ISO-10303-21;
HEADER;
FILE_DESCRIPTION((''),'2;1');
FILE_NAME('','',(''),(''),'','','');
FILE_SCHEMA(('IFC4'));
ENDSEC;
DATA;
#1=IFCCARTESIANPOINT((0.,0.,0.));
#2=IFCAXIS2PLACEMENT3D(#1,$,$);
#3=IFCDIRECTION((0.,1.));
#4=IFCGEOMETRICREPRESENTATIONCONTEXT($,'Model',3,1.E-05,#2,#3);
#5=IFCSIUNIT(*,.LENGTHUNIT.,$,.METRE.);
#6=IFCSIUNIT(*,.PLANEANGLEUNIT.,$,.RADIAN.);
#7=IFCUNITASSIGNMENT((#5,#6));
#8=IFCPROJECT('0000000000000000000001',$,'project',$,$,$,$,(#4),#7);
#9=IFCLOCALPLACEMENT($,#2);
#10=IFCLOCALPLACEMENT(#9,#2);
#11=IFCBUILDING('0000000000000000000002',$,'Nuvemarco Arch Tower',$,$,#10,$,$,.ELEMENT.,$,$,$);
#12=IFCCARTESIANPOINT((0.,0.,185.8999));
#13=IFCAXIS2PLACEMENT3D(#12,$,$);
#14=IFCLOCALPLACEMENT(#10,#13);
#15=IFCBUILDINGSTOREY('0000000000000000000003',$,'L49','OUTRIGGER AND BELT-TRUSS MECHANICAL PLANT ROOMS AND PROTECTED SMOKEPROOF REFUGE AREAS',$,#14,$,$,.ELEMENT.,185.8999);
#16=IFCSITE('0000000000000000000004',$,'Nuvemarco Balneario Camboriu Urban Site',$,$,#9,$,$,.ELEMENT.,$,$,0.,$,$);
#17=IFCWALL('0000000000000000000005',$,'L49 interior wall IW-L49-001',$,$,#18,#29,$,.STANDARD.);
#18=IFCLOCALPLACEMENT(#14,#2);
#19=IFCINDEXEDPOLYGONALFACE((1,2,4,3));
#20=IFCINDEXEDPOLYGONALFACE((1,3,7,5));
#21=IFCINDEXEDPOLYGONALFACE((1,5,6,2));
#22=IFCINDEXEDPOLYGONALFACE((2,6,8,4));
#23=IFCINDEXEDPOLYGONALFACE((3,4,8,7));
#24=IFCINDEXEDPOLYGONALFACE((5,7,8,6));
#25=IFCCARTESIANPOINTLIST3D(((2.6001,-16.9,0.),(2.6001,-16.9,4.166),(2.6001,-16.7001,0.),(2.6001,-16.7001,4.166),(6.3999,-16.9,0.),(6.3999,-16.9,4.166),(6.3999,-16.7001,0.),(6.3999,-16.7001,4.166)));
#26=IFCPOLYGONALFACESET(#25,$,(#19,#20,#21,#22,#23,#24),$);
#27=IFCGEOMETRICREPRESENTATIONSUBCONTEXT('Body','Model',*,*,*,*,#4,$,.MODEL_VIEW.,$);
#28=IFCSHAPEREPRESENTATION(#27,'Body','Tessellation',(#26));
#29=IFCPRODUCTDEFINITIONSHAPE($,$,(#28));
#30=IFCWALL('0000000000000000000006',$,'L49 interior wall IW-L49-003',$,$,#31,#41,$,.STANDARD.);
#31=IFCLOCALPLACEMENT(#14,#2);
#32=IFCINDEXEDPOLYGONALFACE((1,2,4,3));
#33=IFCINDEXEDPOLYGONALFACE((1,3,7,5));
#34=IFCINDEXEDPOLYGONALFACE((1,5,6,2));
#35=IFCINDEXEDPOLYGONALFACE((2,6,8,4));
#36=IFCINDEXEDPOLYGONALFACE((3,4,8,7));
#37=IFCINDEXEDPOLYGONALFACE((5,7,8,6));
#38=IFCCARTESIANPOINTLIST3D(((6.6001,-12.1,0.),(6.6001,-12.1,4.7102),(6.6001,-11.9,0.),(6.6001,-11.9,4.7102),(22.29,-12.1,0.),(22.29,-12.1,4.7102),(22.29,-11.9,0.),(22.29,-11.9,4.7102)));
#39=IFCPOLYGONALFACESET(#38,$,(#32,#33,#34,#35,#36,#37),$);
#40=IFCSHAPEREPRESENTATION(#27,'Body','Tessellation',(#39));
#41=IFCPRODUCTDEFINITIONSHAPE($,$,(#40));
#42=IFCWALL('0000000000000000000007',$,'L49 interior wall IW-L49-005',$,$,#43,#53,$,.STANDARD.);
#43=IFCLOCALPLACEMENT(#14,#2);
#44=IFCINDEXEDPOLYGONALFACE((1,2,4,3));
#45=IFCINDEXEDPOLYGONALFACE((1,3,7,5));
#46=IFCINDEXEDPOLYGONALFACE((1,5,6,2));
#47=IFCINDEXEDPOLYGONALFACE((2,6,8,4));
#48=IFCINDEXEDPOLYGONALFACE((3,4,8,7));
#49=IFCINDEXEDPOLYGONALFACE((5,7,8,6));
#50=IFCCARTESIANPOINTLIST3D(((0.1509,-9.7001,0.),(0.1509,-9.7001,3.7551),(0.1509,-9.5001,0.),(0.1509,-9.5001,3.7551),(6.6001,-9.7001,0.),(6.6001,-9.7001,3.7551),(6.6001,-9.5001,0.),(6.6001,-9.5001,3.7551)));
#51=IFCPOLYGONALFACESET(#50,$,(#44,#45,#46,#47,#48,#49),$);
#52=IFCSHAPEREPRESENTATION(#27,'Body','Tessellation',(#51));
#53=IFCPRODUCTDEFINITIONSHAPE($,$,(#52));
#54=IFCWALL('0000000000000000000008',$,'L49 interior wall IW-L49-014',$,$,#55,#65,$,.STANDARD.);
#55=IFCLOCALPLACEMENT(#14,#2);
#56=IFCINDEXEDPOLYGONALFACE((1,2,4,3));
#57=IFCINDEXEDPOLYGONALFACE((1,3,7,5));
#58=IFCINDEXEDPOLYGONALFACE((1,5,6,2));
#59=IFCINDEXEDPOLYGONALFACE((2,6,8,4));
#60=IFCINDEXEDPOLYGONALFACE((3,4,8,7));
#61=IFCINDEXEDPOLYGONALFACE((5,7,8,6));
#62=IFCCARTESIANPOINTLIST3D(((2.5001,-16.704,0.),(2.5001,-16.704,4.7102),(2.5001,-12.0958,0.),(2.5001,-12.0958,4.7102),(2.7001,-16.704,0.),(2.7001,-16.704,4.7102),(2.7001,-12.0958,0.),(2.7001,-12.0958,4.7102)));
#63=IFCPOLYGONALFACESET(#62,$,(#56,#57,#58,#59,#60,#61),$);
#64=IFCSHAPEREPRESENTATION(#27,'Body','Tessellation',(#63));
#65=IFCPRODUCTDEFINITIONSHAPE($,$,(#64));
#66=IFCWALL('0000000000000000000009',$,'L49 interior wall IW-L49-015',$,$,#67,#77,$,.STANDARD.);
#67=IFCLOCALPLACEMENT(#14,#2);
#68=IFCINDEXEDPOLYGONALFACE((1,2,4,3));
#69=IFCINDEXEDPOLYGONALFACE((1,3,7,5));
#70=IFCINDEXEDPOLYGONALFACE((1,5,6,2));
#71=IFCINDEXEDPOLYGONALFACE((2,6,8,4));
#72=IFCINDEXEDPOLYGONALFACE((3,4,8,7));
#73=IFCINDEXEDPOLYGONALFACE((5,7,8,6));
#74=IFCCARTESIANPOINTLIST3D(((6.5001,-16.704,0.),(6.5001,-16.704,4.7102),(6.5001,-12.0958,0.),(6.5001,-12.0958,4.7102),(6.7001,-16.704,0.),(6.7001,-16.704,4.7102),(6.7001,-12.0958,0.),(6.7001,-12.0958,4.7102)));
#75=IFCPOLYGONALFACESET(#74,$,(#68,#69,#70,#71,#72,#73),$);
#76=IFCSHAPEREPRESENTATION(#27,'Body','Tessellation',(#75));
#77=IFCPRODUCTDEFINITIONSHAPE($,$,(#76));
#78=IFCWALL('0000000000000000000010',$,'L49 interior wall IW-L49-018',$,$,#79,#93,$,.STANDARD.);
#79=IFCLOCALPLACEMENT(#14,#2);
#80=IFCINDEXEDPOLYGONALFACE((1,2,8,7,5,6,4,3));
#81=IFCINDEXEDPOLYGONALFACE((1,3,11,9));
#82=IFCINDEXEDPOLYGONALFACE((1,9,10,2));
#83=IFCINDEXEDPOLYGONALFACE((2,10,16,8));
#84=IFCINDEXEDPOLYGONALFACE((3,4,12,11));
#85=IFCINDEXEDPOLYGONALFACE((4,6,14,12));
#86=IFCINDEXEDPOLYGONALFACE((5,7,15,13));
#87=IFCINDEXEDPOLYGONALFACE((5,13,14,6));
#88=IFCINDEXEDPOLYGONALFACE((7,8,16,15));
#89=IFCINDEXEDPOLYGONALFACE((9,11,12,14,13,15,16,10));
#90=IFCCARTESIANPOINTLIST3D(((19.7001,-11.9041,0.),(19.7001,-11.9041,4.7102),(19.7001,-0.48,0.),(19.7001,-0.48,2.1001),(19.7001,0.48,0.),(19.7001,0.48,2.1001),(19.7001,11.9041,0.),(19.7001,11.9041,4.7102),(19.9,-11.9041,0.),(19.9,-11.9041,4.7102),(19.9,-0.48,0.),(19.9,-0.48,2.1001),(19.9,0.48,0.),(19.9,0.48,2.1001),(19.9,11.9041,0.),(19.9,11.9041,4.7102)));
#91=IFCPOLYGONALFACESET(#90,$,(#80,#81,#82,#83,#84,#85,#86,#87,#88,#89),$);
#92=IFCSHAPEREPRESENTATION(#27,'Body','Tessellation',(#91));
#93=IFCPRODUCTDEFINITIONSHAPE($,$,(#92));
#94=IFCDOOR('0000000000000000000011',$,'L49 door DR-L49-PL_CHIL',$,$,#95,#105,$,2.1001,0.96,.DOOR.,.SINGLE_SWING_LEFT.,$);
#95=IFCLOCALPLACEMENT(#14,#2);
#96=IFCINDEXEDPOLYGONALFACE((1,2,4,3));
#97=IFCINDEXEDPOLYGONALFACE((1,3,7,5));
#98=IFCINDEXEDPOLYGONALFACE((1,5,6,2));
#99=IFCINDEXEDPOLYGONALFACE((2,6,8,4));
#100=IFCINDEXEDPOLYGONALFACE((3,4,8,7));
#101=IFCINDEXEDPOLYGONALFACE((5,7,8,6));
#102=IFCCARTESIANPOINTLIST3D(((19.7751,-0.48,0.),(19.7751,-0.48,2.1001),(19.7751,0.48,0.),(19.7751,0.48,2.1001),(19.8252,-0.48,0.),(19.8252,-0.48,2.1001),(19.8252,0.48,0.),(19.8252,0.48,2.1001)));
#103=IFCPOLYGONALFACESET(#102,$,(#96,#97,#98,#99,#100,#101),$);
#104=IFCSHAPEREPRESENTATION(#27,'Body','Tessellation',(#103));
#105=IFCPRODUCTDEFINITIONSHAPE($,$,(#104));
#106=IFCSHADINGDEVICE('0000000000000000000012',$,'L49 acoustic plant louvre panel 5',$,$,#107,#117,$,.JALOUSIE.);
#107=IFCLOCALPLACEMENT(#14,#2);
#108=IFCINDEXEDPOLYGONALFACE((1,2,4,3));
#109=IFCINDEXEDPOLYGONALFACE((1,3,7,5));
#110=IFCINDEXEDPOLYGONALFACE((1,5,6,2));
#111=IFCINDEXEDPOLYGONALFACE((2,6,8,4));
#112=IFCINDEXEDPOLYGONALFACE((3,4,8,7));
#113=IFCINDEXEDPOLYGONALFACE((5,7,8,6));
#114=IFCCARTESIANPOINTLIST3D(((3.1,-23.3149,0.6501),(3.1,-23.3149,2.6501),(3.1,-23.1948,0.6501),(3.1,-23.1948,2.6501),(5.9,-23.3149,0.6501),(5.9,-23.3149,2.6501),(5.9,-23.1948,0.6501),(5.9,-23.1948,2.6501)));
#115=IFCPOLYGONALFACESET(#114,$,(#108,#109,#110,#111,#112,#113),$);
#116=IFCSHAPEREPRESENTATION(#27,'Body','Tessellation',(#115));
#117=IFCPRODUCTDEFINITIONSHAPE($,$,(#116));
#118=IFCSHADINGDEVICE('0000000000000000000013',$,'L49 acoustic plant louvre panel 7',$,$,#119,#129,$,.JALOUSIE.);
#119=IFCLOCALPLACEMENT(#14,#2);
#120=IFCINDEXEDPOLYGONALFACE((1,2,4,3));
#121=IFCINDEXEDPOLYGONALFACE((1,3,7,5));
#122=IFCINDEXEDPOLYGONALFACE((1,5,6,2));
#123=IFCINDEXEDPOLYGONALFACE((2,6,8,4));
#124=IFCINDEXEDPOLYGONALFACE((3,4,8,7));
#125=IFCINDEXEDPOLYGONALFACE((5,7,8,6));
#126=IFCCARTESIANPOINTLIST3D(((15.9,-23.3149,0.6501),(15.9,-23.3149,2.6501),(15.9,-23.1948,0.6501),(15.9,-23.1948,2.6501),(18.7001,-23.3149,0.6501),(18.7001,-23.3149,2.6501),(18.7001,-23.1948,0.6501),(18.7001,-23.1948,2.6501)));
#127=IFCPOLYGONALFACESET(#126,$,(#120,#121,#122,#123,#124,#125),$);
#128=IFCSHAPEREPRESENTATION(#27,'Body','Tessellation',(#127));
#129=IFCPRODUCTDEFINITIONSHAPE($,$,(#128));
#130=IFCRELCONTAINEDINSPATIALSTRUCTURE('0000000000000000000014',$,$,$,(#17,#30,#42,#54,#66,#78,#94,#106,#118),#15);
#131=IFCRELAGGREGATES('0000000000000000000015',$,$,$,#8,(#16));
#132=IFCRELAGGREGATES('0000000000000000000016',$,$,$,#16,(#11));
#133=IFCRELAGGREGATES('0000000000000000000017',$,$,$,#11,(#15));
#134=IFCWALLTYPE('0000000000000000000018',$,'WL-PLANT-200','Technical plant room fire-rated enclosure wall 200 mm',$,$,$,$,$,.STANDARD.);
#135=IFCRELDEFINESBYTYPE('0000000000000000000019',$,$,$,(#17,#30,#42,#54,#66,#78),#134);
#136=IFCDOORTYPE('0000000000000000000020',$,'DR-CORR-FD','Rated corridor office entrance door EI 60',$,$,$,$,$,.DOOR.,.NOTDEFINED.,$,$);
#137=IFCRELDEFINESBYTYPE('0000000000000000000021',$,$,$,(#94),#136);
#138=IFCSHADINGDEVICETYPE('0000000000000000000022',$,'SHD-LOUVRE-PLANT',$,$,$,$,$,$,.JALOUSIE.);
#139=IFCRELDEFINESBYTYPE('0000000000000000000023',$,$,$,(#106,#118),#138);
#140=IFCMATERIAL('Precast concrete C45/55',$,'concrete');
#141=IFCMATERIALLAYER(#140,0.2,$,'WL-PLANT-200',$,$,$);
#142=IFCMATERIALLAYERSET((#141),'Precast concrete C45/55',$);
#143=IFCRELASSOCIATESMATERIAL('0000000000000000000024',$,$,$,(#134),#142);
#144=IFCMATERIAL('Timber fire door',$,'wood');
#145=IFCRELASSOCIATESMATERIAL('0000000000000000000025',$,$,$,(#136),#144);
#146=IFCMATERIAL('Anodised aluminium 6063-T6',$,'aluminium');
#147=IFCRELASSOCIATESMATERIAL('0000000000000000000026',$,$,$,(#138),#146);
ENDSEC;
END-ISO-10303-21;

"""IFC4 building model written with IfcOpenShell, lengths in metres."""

from ifc_helpers import new_model, si_unit, direction, frame, frame_2d, origin, origin_2d, place, context, subcontext, project, spatial, rectangle, extrude, source, transform, mapped, material, layer, layer_set, type_object, type_shapes, element, fill, save


model = new_model("IFC4")

# Units and contexts
model_context = context("Model", 3, precision=1e-05, world=origin(), true_north=direction((0.0, 1.0)))
body_context = subcontext(model_context, "Body", "Model", "MODEL_VIEW")
ifc_project = project(units=[si_unit("LENGTHUNIT", "METRE"), si_unit("PLANEANGLEUNIT", "RADIAN")], contexts=[model_context])

# Site, building, storey
site_placement = place(None, origin())
site = spatial("IfcSite", under=ifc_project, at=site_placement, Name="Nuvemarco Balneario Camboriu Urban Site", CompositionType="ELEMENT", RefElevation=0.0)
building_placement = place(site_placement, origin())
building = spatial("IfcBuilding", under=site, at=building_placement, Name="Nuvemarco Arch Tower", CompositionType="ELEMENT")
storey_placement = place(building_placement, frame((0.0, 0.0, 185.8999)))
storey = spatial("IfcBuildingStorey", under=building, at=storey_placement, Name="L49", Description="OUTRIGGER AND BELT-TRUSS MECHANICAL PLANT ROOMS AND PROTECTED SMOKEPROOF REFUGE AREAS", CompositionType="ELEMENT", Elevation=185.8999)

# Shared definitions
ifc_material_1 = material(Name="Precast concrete C45/55", Category="concrete")

# Walls
ifc_layer_1 = layer(ifc_material_1, 0.2, Name="WL-PLANT-200")
ifc_layer_set_1 = layer_set([ifc_layer_1], Name="Precast concrete C45/55")
wall_type_1 = type_object("IfcWallType", Name="WL-PLANT-200", Description="Technical plant room fire-rated enclosure wall 200 mm", PredefinedType="STANDARD", material=ifc_layer_set_1)
wall_1_placement = place(storey_placement, frame((2.6001, -16.8, 0.0), z_axis=(0.0, 0.0, 1.0), x_axis=(1.0, 0.0, 0.0)))
element("IfcWall", 1, at=wall_1_placement, inside=storey, type_object=wall_type_1, Name="L49 interior wall IW-L49-001", PredefinedType="STANDARD", context=body_context, shape_type="SweptSolid", body=[
    extrude(rectangle(XDim=3.7998, YDim=0.2, at=frame_2d((1.8999, 0.0))), origin(), (0.0, 0.0, 1.0), 4.166),
])
wall_2_placement = place(storey_placement, frame((6.6001, -12.0, 0.0), z_axis=(0.0, 0.0, 1.0), x_axis=(1.0, 0.0, 0.0)))
element("IfcWall", 2, at=wall_2_placement, inside=storey, type_object=wall_type_1, Name="L49 interior wall IW-L49-003", PredefinedType="STANDARD", context=body_context, shape_type="SweptSolid", body=[
    extrude(rectangle(XDim=15.6899, YDim=0.2, at=frame_2d((7.845, 0.0))), origin(), (0.0, 0.0, 1.0), 4.7102),
])
wall_3_placement = place(storey_placement, frame((0.1509, -9.6001, 0.0), z_axis=(0.0, 0.0, 1.0), x_axis=(1.0, 0.0, 0.0)))
element("IfcWall", 3, at=wall_3_placement, inside=storey, type_object=wall_type_1, Name="L49 interior wall IW-L49-005", PredefinedType="STANDARD", context=body_context, shape_type="SweptSolid", body=[
    extrude(rectangle(XDim=6.4492, YDim=0.2, at=frame_2d((3.2246, 0.0))), origin(), (0.0, 0.0, 1.0), 3.7551),
])
for number, where, z_axis, x_axis, name in (
    (4, (2.6001, -16.7041, 0.0), (0.0, 0.0, 1.0), (0.0, 1.0, 0.0), "L49 interior wall IW-L49-014"),
    (5, (6.6001, -16.7041, 0.0), (0.0, 0.0, 1.0), (0.0, 1.0, 0.0), "L49 interior wall IW-L49-015"),
):
    element("IfcWall", number, at=place(storey_placement, frame(where, z_axis=z_axis, x_axis=x_axis)), inside=storey, type_object=wall_type_1, Name=name, PredefinedType="STANDARD", context=body_context, shape_type="SweptSolid", body=[
        extrude(rectangle(XDim=4.6082, YDim=0.2, at=frame_2d((2.3042, 0.0))), origin(), (0.0, 0.0, 1.0), 4.7102),
    ])

# Wall, opening, door
wall_4_placement = place(storey_placement, frame((19.8, -11.9041, 0.0), z_axis=(0.0, 0.0, 1.0), x_axis=(0.0, 1.0, 0.0)))
wall_4 = element("IfcWall", 6, at=wall_4_placement, inside=storey, type_object=wall_type_1, Name="L49 interior wall IW-L49-018", PredefinedType="STANDARD", context=body_context, shape_type="SweptSolid", body=[
    extrude(rectangle(XDim=23.8081, YDim=0.2, at=frame_2d((11.9041, 0.0))), origin(), (0.0, 0.0, 1.0), 4.7102),
])
opening_placement = place(wall_4_placement, frame((11.4241, 0.0, 0.0)))
opening = element("IfcOpeningElement", 7, at=opening_placement, cuts=wall_4, PredefinedType="OPENING", context=body_context, shape_type="SweptSolid", body=[
    extrude(rectangle(XDim=0.96, YDim=2.1001, at=frame_2d((0.48, 1.05))), frame((0.0, 0.1099, 0.0), z_axis=(0.0, -1.0, 0.0), x_axis=(1.0, 0.0, 0.0)), (0.0, 0.0, 1.0), 0.22),
])
ifc_material_2 = material(Name="Timber fire door", Category="wood")
door_type = type_object("IfcDoorType", Name="DR-CORR-FD", Description="Rated corridor office entrance door EI 60", OperationType="NOTDEFINED", PredefinedType="DOOR", material=ifc_material_2)
shared_shape_1 = source(origin(), body_context, "Body", "SweptSolid", [
    extrude(rectangle(XDim=0.96, YDim=2.1001, at=frame_2d((0.48, 1.05))), frame((0.0, 0.0249, 0.0), z_axis=(0.0, -1.0, 0.0), x_axis=(1.0, 0.0, 0.0)), (0.0, 0.0, 1.0), 0.05),
])
type_shapes(door_type, [shared_shape_1])
door_placement = place(opening_placement, origin())
door = element("IfcDoor", 8, at=door_placement, inside=storey, type_object=door_type, Name="L49 door DR-L49-PL_CHIL", OperationType="SINGLE_SWING_LEFT", OverallHeight=2.1001, OverallWidth=0.96, PredefinedType="DOOR", context=body_context, shape_type="MappedRepresentation", body=[
    mapped(shared_shape_1, transform((0.0, 0.0, 0.0), scale=1.0)),
])
fill(opening, door)

# Shading devices
ifc_material_3 = material(Name="Anodised aluminium 6063-T6", Category="aluminium")
shading_device_type = type_object("IfcShadingDeviceType", Name="SHD-LOUVRE-PLANT", PredefinedType="JALOUSIE", material=ifc_material_3)
shared_shape_2 = source(origin(), body_context, "Body", "SweptSolid", [
    extrude(rectangle(XDim=2.8, YDim=0.1201, at=origin_2d()), origin(), (0.0, 0.0, 1.0), 2.0),
])
type_shapes(shading_device_type, [shared_shape_2])
for number, where, z_axis, x_axis, name in (
    (9, (4.5, -23.2549, 0.6501), (0.0, 0.0, 1.0), (1.0, 0.0, 0.0), "L49 acoustic plant louvre panel 5"),
    (10, (17.3, -23.2549, 0.6501), (0.0, 0.0, 1.0), (1.0, 0.0, 0.0), "L49 acoustic plant louvre panel 7"),
):
    element("IfcShadingDevice", number, at=place(storey_placement, frame(where, z_axis=z_axis, x_axis=x_axis)), inside=storey, type_object=shading_device_type, Name=name, PredefinedType="JALOUSIE", context=body_context, shape_type="MappedRepresentation", body=[
        mapped(shared_shape_2, transform((0.0, 0.0, 0.0), scale=1.0)),
    ])

save(model, "model.ifc")
